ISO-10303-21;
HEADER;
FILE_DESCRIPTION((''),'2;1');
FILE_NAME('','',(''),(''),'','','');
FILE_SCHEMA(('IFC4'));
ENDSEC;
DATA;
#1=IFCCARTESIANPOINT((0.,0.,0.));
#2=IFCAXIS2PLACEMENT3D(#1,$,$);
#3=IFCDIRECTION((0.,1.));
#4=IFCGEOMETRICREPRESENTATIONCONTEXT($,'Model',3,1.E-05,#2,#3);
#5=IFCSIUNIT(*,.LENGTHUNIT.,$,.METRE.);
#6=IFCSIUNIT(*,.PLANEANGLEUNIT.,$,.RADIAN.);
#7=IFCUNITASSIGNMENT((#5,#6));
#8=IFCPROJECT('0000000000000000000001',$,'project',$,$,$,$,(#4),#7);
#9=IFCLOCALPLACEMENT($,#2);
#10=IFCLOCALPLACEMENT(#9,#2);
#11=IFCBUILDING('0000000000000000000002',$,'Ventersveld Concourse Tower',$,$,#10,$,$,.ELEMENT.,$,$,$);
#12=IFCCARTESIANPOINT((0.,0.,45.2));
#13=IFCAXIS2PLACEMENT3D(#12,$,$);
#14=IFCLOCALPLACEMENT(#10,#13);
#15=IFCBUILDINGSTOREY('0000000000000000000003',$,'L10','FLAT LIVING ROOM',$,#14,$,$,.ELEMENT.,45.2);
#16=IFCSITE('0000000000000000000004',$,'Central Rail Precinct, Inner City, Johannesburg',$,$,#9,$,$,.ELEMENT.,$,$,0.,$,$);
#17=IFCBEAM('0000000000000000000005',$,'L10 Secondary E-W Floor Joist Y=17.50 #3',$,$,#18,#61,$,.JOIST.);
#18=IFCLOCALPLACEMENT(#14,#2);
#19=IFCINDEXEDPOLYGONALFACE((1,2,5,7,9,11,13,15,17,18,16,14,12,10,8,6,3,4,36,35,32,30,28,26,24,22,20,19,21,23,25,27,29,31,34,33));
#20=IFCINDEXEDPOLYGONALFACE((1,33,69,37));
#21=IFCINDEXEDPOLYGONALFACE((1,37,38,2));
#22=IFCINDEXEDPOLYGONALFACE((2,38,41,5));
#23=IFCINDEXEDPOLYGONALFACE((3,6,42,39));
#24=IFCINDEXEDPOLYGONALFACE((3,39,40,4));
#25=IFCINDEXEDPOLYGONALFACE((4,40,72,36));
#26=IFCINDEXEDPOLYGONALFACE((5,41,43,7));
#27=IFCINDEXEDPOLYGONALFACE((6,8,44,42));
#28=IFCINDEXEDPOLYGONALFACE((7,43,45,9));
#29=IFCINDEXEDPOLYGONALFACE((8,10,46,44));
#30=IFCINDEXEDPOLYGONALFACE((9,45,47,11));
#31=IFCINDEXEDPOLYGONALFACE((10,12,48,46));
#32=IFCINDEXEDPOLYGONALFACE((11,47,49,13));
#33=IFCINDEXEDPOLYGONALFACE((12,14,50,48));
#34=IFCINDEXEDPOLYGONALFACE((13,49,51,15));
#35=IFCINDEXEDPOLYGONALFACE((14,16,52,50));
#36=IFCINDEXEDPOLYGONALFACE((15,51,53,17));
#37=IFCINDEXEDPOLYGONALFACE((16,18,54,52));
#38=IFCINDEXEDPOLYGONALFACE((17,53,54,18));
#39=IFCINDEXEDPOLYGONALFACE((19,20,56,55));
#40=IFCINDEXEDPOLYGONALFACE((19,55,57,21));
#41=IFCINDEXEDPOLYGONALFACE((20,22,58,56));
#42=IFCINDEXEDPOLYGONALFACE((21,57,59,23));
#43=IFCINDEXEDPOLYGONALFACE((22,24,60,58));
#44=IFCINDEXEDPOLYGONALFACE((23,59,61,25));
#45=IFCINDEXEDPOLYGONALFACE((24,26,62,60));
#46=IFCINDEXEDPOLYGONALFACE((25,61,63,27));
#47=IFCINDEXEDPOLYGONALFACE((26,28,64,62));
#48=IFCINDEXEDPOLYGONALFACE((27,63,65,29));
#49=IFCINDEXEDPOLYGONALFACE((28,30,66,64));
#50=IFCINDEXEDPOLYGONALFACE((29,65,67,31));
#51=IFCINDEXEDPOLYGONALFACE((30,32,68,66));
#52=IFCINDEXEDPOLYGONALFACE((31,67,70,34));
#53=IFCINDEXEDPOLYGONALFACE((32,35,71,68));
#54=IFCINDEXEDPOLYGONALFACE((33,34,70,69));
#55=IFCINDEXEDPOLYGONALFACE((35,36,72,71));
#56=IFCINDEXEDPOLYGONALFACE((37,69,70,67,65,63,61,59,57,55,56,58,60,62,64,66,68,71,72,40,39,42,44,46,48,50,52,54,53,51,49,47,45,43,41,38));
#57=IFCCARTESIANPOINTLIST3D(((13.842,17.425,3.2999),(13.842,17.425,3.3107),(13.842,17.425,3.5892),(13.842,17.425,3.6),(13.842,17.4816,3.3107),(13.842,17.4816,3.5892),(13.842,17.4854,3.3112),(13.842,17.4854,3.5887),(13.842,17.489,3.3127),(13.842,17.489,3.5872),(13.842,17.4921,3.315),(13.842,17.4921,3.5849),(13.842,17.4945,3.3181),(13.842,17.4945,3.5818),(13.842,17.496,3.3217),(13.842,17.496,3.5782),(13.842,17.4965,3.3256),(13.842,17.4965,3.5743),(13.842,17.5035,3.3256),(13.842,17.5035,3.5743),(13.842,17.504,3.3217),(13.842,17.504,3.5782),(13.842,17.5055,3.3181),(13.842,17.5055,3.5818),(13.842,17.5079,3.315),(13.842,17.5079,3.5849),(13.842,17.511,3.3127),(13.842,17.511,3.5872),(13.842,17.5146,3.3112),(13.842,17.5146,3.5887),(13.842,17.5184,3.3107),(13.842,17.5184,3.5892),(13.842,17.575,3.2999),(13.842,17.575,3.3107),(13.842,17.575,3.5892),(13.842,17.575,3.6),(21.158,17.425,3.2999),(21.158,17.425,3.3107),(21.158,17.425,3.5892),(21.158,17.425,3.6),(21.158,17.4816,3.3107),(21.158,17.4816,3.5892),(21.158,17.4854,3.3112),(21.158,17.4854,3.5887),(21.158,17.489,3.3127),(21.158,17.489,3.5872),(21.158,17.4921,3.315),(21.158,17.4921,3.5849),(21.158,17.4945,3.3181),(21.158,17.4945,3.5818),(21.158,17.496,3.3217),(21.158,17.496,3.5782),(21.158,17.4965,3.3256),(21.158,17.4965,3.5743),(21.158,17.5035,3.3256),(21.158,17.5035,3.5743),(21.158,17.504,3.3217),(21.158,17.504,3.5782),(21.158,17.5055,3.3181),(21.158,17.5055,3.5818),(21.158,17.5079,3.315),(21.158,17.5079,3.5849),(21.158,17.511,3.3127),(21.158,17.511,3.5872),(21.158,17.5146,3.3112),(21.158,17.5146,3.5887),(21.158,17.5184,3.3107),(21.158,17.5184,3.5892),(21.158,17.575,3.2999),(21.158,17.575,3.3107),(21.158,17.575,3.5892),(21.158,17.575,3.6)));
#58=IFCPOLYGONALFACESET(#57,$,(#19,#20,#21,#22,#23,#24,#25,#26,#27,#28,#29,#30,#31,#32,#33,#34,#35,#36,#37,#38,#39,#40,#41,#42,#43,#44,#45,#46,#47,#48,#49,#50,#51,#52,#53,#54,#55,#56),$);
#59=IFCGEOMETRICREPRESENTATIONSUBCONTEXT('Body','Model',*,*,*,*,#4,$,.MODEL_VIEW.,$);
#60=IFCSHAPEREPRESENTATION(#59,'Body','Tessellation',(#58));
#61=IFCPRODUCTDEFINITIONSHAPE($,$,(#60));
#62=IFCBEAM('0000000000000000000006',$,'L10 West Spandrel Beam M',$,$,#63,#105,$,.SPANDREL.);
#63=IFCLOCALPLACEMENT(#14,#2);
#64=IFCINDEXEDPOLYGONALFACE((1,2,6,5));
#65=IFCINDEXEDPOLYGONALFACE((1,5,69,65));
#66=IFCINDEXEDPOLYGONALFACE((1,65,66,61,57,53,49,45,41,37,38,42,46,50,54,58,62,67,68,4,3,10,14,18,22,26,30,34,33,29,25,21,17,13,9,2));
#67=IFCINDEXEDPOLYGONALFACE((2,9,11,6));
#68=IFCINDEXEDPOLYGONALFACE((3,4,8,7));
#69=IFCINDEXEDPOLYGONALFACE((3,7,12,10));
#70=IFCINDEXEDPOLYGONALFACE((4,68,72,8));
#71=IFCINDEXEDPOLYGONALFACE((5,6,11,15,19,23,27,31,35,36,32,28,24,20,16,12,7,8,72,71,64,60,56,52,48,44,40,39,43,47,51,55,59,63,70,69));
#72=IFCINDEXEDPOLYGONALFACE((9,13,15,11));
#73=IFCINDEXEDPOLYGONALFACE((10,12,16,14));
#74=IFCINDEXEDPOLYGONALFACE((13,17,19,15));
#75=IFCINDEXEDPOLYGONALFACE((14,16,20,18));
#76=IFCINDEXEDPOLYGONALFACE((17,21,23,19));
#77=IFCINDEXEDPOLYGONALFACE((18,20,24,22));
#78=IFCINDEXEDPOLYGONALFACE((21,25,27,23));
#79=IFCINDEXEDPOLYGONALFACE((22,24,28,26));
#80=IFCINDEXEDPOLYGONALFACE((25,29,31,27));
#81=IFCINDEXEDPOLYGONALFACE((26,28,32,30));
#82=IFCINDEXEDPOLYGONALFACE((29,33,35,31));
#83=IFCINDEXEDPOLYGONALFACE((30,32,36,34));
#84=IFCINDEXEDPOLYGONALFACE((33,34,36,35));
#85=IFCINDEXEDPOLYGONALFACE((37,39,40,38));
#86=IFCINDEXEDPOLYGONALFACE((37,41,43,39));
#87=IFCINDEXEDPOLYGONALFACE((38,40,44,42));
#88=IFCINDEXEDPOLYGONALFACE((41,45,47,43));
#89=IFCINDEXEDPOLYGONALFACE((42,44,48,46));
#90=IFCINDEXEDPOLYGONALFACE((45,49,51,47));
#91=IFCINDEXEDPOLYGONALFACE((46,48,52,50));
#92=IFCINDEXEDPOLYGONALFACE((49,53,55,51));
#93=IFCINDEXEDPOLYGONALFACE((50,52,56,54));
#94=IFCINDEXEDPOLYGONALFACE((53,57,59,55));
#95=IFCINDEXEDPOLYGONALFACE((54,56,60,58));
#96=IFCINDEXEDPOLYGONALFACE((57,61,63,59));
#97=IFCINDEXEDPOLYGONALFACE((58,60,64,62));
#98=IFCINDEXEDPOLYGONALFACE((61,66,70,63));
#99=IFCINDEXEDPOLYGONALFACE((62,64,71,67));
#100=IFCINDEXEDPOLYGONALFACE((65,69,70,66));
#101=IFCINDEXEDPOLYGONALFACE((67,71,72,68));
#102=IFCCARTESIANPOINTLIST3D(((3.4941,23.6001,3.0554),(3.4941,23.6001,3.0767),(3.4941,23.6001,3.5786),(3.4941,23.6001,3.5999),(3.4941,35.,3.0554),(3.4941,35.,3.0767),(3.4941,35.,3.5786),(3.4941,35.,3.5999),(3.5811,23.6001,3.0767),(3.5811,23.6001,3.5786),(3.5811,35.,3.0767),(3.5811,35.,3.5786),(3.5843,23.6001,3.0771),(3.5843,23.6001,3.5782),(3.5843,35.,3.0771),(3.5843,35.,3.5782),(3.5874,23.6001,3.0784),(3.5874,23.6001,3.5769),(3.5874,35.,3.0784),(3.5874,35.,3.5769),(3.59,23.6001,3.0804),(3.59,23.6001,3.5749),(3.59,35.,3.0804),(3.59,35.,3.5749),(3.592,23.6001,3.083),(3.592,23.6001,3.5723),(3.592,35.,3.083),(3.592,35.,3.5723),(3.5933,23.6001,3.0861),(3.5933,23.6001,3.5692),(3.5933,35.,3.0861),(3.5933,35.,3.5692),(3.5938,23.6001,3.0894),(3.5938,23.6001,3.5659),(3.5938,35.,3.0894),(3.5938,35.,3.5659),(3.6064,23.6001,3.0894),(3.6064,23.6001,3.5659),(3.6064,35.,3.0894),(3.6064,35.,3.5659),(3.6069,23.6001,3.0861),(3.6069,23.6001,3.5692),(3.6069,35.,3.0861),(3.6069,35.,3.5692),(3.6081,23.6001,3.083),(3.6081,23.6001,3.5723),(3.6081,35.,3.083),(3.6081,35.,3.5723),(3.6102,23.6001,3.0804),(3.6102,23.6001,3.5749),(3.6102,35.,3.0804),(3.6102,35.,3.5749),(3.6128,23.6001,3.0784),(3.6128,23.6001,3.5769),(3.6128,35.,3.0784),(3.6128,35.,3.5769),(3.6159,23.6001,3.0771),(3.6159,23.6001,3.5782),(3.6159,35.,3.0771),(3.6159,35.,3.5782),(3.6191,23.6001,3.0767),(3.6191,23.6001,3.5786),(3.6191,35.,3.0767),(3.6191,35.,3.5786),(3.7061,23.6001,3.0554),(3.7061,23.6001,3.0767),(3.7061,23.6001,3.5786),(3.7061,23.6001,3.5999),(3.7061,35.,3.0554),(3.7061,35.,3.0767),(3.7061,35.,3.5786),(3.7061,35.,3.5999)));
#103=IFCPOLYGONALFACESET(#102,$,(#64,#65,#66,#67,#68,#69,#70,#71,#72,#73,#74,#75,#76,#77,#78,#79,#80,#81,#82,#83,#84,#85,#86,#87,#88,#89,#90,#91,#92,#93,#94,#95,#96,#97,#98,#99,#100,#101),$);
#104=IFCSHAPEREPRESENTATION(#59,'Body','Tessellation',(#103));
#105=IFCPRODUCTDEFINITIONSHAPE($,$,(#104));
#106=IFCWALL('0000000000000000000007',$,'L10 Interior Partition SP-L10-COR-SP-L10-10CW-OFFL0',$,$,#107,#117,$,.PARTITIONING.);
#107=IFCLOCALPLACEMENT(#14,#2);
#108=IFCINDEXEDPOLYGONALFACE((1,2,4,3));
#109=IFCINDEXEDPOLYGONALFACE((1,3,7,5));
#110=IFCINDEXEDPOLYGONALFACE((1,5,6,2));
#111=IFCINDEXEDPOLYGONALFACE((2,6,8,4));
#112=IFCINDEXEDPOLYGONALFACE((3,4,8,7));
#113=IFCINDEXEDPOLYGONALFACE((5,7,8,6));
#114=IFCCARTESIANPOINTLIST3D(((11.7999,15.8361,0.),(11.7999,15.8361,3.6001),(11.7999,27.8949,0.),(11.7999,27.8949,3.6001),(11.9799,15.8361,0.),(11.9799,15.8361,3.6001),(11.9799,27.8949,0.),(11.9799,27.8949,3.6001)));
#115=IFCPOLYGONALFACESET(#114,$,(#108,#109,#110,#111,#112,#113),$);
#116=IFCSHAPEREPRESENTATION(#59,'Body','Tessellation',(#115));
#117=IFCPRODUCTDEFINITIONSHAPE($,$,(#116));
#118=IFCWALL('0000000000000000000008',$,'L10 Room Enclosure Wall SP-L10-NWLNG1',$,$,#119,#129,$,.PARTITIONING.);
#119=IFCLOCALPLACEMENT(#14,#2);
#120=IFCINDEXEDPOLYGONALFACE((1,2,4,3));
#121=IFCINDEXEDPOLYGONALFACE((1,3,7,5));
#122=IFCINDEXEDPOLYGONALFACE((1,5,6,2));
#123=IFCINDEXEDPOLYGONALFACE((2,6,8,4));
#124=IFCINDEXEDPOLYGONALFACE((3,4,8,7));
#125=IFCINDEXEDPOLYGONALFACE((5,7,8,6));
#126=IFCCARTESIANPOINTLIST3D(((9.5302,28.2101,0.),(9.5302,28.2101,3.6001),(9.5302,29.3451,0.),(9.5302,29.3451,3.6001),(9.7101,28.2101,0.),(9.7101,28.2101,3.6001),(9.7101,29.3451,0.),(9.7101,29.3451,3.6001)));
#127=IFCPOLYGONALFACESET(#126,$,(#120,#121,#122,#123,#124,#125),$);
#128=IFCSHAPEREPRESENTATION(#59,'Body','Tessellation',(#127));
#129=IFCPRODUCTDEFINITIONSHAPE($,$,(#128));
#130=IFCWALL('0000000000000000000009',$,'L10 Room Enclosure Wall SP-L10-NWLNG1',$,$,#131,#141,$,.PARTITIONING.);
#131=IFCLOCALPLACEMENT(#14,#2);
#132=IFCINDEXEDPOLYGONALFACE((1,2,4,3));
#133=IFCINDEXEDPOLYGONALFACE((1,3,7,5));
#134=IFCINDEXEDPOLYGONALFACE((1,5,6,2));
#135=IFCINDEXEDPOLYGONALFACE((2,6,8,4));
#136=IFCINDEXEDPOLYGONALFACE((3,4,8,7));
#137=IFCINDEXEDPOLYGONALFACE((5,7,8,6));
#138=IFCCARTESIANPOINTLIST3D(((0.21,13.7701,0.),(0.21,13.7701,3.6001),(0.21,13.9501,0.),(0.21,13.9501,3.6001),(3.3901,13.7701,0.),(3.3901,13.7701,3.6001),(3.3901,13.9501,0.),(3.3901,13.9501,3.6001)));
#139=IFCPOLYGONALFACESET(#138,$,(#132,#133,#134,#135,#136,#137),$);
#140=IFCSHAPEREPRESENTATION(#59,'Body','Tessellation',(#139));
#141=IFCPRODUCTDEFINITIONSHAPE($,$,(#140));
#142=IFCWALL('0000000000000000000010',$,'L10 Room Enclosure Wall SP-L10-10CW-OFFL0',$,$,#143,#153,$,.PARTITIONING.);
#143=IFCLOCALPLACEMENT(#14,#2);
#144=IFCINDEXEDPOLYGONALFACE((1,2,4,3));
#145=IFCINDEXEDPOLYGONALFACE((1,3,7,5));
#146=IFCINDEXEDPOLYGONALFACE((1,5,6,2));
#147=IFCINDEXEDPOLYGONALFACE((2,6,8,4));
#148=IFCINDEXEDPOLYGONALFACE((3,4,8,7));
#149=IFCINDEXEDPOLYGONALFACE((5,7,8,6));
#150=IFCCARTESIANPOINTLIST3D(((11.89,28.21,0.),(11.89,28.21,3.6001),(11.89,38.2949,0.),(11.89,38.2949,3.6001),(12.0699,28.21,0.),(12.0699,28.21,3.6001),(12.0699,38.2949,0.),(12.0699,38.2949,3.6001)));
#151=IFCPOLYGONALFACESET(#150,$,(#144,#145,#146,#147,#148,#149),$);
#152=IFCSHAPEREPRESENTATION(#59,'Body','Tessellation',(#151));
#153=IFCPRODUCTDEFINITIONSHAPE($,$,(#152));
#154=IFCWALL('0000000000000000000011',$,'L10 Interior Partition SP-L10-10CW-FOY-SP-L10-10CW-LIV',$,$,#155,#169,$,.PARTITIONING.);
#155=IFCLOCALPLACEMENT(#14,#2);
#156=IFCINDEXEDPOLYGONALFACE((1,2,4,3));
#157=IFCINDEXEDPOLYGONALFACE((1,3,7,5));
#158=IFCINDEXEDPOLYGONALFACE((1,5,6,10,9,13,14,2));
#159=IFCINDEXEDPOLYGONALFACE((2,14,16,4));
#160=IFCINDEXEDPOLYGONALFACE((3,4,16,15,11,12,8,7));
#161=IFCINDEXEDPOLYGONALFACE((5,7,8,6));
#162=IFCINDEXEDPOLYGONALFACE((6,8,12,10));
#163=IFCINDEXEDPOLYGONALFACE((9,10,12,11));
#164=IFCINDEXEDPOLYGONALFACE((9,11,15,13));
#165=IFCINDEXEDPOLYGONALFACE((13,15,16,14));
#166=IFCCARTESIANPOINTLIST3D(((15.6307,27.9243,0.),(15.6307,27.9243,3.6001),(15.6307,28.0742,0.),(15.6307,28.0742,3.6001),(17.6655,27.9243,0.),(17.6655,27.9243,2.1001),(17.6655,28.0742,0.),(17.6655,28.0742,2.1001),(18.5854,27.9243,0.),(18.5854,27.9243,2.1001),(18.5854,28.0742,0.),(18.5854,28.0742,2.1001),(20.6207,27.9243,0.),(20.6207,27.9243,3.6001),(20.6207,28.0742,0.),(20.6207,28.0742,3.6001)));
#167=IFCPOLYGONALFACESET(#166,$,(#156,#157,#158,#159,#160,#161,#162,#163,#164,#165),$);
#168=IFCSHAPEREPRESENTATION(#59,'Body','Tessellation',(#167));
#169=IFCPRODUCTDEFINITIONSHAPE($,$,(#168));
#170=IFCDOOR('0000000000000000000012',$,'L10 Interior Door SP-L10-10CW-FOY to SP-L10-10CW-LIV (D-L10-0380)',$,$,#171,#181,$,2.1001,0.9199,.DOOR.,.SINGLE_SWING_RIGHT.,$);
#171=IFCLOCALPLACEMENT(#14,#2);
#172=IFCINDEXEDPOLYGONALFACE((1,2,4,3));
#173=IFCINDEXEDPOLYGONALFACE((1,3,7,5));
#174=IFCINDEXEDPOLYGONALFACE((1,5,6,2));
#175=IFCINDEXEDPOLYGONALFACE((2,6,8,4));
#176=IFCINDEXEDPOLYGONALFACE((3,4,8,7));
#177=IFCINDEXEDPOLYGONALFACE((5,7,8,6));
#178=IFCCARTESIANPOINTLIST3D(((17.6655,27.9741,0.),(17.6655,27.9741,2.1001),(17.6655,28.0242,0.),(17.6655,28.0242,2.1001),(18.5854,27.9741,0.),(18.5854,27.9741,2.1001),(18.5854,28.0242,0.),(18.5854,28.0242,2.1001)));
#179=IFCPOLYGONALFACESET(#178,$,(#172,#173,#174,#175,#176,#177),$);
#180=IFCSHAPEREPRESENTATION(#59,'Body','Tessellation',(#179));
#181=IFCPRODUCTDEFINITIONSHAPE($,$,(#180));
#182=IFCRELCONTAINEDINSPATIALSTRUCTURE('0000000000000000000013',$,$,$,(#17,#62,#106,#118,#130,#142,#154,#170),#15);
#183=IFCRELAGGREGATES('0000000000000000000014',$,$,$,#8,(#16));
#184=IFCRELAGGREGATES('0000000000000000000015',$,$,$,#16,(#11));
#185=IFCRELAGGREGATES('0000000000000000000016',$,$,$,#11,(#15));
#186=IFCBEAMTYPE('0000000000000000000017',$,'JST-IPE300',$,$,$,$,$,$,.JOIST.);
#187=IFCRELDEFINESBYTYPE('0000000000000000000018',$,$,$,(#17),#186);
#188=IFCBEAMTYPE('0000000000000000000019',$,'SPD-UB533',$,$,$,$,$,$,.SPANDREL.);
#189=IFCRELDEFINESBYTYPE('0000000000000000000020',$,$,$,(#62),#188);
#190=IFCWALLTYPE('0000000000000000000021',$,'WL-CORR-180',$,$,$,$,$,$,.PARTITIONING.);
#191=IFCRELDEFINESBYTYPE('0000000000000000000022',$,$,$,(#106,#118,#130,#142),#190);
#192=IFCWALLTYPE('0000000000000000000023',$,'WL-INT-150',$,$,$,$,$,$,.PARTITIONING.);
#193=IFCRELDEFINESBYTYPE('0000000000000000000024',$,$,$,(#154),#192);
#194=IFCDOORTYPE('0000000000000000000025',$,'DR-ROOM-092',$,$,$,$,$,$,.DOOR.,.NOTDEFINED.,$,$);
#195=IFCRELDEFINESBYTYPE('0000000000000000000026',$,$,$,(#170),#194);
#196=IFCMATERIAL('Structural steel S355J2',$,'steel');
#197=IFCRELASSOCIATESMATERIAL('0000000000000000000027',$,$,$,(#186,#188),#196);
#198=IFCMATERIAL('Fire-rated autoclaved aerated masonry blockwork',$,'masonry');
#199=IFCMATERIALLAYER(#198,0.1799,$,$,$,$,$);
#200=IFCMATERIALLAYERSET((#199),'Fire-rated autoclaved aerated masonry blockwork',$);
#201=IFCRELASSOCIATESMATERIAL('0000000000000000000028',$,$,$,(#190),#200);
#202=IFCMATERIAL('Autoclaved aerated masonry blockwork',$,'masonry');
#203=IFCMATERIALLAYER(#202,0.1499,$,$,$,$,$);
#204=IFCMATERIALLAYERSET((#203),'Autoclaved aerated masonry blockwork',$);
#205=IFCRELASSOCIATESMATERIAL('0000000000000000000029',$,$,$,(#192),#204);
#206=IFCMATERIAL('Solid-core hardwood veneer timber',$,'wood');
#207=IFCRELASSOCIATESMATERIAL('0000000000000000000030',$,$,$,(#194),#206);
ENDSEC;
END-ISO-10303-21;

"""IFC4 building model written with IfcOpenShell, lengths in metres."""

from ifc_helpers import new_model, si_unit, direction, frame, frame_2d, origin, origin_2d, place, context, subcontext, project, spatial, rectangle, i_section, extrude, material, layer, layer_set, material_profile, profile_set, type_object, element, fill, save


model = new_model("IFC4")

# Units and contexts
model_context = context("Model", 3, precision=1e-05, world=origin(), true_north=direction((0.0, 1.0)))
body_context = subcontext(model_context, "Body", "Model", "MODEL_VIEW")
ifc_project = project(units=[si_unit("LENGTHUNIT", "METRE"), si_unit("PLANEANGLEUNIT", "RADIAN")], contexts=[model_context])

# Site, building, storey
site_placement = place(None, origin())
site = spatial("IfcSite", under=ifc_project, at=site_placement, Name="Central Rail Precinct, Inner City, Johannesburg", CompositionType="ELEMENT", RefElevation=0.0)
building_placement = place(site_placement, origin())
building = spatial("IfcBuilding", under=site, at=building_placement, Name="Ventersveld Concourse Tower", CompositionType="ELEMENT")
storey_placement = place(building_placement, frame((0.0, 0.0, 45.2)))
storey = spatial("IfcBuildingStorey", under=building, at=storey_placement, Name="L10", Description="FLAT LIVING ROOM", CompositionType="ELEMENT", Elevation=45.2)

# Beams
ifc_material_1 = material(Name="Structural steel S355J2", Category="steel")
ifc_material_profile_1 = material_profile(ifc_material_1, i_section(OverallWidth=0.1499, OverallDepth=0.3, WebThickness=0.0071, FlangeThickness=0.0107, FilletRadius=0.0149, at=origin_2d()), Name="IPE 300")
ifc_profile_set_1 = profile_set([ifc_material_profile_1], Name="Structural steel S355J2")
beam_type_1 = type_object("IfcBeamType", Name="JST-IPE300", PredefinedType="JOIST", material=ifc_profile_set_1)
beam_1_placement = place(storey_placement, frame((13.842, 17.5, 3.45), z_axis=(1.0, 0.0, 0.0), x_axis=(0.0, 1.0, 0.0)))
element("IfcBeam", 1, at=beam_1_placement, inside=storey, type_object=beam_type_1, Name="L10 Secondary E-W Floor Joist Y=17.50 #3", PredefinedType="JOIST", context=body_context, shape_type="SweptSolid", body=[
    extrude(i_section(OverallWidth=0.1499, OverallDepth=0.3, WebThickness=0.0071, FlangeThickness=0.0107, FilletRadius=0.0149, at=origin_2d()), origin(), (0.0, 0.0, 1.0), 7.3159),
])
ifc_material_profile_2 = material_profile(ifc_material_1, i_section(OverallWidth=0.2119, OverallDepth=0.5444, WebThickness=0.0127, FlangeThickness=0.0212, FilletRadius=0.0127, at=origin_2d()), Name="UB 533x210x122")
ifc_profile_set_2 = profile_set([ifc_material_profile_2], Name="Structural steel S355J2")
beam_type_2 = type_object("IfcBeamType", Name="SPD-UB533", PredefinedType="SPANDREL", material=ifc_profile_set_2)
beam_2_placement = place(storey_placement, frame((3.6001, 23.6001, 3.3276), z_axis=(0.0, 1.0, 0.0), x_axis=(-1.0, 0.0, 0.0)))
element("IfcBeam", 2, at=beam_2_placement, inside=storey, type_object=beam_type_2, Name="L10 West Spandrel Beam M", PredefinedType="SPANDREL", context=body_context, shape_type="SweptSolid", body=[
    extrude(i_section(OverallWidth=0.2119, OverallDepth=0.5444, WebThickness=0.0127, FlangeThickness=0.0212, FilletRadius=0.0127, at=origin_2d()), origin(), (0.0, 0.0, 1.0), 11.3999),
])

# Walls
ifc_material_2 = material(Name="Fire-rated autoclaved aerated masonry blockwork", Category="masonry")
ifc_layer_1 = layer(ifc_material_2, 0.1799)
ifc_layer_set_1 = layer_set([ifc_layer_1], Name="Fire-rated autoclaved aerated masonry blockwork")
wall_type_1 = type_object("IfcWallType", Name="WL-CORR-180", PredefinedType="PARTITIONING", material=ifc_layer_set_1)
wall_1_placement = place(storey_placement, frame((11.8899, 15.8362, 0.0), z_axis=(0.0, 0.0, 1.0), x_axis=(0.0, 1.0, 0.0)))
element("IfcWall", 3, at=wall_1_placement, inside=storey, type_object=wall_type_1, Name="L10 Interior Partition SP-L10-COR-SP-L10-10CW-OFFL0", PredefinedType="PARTITIONING", context=body_context, shape_type="SweptSolid", body=[
    extrude(rectangle(XDim=12.0588, YDim=0.1799, at=frame_2d((6.0293, 0.0))), origin(), (0.0, 0.0, 1.0), 3.6001),
])
wall_2_placement = place(storey_placement, frame((9.6201, 29.345, 0.0), z_axis=(0.0, 0.0, 1.0), x_axis=(0.0, -1.0, 0.0)))
element("IfcWall", 4, at=wall_2_placement, inside=storey, type_object=wall_type_1, Name="L10 Room Enclosure Wall SP-L10-NWLNG1", PredefinedType="PARTITIONING", context=body_context, shape_type="SweptSolid", body=[
    extrude(rectangle(XDim=1.135, YDim=0.1799, at=frame_2d((0.5674, 0.0))), origin(), (0.0, 0.0, 1.0), 3.6001),
])
wall_3_placement = place(storey_placement, frame((3.3901, 13.8601, 0.0), z_axis=(0.0, 0.0, 1.0), x_axis=(-1.0, 0.0, 0.0)))
element("IfcWall", 5, at=wall_3_placement, inside=storey, type_object=wall_type_1, Name="L10 Room Enclosure Wall SP-L10-NWLNG1", PredefinedType="PARTITIONING", context=body_context, shape_type="SweptSolid", body=[
    extrude(rectangle(XDim=3.1802, YDim=0.1799, at=frame_2d((1.5901, 0.0))), origin(), (0.0, 0.0, 1.0), 3.6001),
])
wall_4_placement = place(storey_placement, frame((11.98, 28.21, 0.0), z_axis=(0.0, 0.0, 1.0), x_axis=(0.0, 1.0, 0.0)))
element("IfcWall", 6, at=wall_4_placement, inside=storey, type_object=wall_type_1, Name="L10 Room Enclosure Wall SP-L10-10CW-OFFL0", PredefinedType="PARTITIONING", context=body_context, shape_type="SweptSolid", body=[
    extrude(rectangle(XDim=10.085, YDim=0.1799, at=frame_2d((5.0425, 0.0))), origin(), (0.0, 0.0, 1.0), 3.6001),
])

# Wall, opening, door
ifc_material_3 = material(Name="Autoclaved aerated masonry blockwork", Category="masonry")
ifc_layer_2 = layer(ifc_material_3, 0.1499)
ifc_layer_set_2 = layer_set([ifc_layer_2], Name="Autoclaved aerated masonry blockwork")
wall_type_2 = type_object("IfcWallType", Name="WL-INT-150", PredefinedType="PARTITIONING", material=ifc_layer_set_2)
wall_5_placement = place(storey_placement, frame((15.6306, 27.9993, 0.0), z_axis=(0.0, 0.0, 1.0), x_axis=(1.0, 0.0, 0.0)))
wall_5 = element("IfcWall", 7, at=wall_5_placement, inside=storey, type_object=wall_type_2, Name="L10 Interior Partition SP-L10-10CW-FOY-SP-L10-10CW-LIV", PredefinedType="PARTITIONING", context=body_context, shape_type="SweptSolid", body=[
    extrude(rectangle(XDim=4.99, YDim=0.1499, at=frame_2d((2.4951, 0.0))), origin(), (0.0, 0.0, 1.0), 3.6001),
])
opening_1_placement = place(wall_5_placement, frame((2.0349, 0.0, 0.0)))
opening_1 = element("IfcOpeningElement", 8, at=opening_1_placement, cuts=wall_5, PredefinedType="OPENING", context=body_context, shape_type="SweptSolid", body=[
    extrude(rectangle(XDim=0.9199, YDim=2.1001, at=frame_2d((0.46, 1.05))), frame((0.0, 0.085, 0.0), z_axis=(0.0, -1.0, 0.0), x_axis=(1.0, 0.0, 0.0)), (0.0, 0.0, 1.0), 0.1699),
])
ifc_material_4 = material(Name="Solid-core hardwood veneer timber", Category="wood")
door_type = type_object("IfcDoorType", Name="DR-ROOM-092", OperationType="NOTDEFINED", PredefinedType="DOOR", material=ifc_material_4)
door_1_placement = place(opening_1_placement, origin())
door_1 = element("IfcDoor", 9, at=door_1_placement, inside=storey, type_object=door_type, Name="L10 Interior Door SP-L10-10CW-FOY to SP-L10-10CW-LIV (D-L10-0380)", OperationType="SINGLE_SWING_RIGHT", OverallHeight=2.1001, OverallWidth=0.9199, PredefinedType="DOOR", context=body_context, shape_type="SweptSolid", body=[
    extrude(rectangle(XDim=0.9199, YDim=2.1001, at=frame_2d((0.46, 1.05))), frame((0.0, 0.0249, 0.0), z_axis=(0.0, -1.0, 0.0), x_axis=(1.0, 0.0, 0.0)), (0.0, 0.0, 1.0), 0.05),
])
fill(opening_1, door_1)

save(model, "model.ifc")
